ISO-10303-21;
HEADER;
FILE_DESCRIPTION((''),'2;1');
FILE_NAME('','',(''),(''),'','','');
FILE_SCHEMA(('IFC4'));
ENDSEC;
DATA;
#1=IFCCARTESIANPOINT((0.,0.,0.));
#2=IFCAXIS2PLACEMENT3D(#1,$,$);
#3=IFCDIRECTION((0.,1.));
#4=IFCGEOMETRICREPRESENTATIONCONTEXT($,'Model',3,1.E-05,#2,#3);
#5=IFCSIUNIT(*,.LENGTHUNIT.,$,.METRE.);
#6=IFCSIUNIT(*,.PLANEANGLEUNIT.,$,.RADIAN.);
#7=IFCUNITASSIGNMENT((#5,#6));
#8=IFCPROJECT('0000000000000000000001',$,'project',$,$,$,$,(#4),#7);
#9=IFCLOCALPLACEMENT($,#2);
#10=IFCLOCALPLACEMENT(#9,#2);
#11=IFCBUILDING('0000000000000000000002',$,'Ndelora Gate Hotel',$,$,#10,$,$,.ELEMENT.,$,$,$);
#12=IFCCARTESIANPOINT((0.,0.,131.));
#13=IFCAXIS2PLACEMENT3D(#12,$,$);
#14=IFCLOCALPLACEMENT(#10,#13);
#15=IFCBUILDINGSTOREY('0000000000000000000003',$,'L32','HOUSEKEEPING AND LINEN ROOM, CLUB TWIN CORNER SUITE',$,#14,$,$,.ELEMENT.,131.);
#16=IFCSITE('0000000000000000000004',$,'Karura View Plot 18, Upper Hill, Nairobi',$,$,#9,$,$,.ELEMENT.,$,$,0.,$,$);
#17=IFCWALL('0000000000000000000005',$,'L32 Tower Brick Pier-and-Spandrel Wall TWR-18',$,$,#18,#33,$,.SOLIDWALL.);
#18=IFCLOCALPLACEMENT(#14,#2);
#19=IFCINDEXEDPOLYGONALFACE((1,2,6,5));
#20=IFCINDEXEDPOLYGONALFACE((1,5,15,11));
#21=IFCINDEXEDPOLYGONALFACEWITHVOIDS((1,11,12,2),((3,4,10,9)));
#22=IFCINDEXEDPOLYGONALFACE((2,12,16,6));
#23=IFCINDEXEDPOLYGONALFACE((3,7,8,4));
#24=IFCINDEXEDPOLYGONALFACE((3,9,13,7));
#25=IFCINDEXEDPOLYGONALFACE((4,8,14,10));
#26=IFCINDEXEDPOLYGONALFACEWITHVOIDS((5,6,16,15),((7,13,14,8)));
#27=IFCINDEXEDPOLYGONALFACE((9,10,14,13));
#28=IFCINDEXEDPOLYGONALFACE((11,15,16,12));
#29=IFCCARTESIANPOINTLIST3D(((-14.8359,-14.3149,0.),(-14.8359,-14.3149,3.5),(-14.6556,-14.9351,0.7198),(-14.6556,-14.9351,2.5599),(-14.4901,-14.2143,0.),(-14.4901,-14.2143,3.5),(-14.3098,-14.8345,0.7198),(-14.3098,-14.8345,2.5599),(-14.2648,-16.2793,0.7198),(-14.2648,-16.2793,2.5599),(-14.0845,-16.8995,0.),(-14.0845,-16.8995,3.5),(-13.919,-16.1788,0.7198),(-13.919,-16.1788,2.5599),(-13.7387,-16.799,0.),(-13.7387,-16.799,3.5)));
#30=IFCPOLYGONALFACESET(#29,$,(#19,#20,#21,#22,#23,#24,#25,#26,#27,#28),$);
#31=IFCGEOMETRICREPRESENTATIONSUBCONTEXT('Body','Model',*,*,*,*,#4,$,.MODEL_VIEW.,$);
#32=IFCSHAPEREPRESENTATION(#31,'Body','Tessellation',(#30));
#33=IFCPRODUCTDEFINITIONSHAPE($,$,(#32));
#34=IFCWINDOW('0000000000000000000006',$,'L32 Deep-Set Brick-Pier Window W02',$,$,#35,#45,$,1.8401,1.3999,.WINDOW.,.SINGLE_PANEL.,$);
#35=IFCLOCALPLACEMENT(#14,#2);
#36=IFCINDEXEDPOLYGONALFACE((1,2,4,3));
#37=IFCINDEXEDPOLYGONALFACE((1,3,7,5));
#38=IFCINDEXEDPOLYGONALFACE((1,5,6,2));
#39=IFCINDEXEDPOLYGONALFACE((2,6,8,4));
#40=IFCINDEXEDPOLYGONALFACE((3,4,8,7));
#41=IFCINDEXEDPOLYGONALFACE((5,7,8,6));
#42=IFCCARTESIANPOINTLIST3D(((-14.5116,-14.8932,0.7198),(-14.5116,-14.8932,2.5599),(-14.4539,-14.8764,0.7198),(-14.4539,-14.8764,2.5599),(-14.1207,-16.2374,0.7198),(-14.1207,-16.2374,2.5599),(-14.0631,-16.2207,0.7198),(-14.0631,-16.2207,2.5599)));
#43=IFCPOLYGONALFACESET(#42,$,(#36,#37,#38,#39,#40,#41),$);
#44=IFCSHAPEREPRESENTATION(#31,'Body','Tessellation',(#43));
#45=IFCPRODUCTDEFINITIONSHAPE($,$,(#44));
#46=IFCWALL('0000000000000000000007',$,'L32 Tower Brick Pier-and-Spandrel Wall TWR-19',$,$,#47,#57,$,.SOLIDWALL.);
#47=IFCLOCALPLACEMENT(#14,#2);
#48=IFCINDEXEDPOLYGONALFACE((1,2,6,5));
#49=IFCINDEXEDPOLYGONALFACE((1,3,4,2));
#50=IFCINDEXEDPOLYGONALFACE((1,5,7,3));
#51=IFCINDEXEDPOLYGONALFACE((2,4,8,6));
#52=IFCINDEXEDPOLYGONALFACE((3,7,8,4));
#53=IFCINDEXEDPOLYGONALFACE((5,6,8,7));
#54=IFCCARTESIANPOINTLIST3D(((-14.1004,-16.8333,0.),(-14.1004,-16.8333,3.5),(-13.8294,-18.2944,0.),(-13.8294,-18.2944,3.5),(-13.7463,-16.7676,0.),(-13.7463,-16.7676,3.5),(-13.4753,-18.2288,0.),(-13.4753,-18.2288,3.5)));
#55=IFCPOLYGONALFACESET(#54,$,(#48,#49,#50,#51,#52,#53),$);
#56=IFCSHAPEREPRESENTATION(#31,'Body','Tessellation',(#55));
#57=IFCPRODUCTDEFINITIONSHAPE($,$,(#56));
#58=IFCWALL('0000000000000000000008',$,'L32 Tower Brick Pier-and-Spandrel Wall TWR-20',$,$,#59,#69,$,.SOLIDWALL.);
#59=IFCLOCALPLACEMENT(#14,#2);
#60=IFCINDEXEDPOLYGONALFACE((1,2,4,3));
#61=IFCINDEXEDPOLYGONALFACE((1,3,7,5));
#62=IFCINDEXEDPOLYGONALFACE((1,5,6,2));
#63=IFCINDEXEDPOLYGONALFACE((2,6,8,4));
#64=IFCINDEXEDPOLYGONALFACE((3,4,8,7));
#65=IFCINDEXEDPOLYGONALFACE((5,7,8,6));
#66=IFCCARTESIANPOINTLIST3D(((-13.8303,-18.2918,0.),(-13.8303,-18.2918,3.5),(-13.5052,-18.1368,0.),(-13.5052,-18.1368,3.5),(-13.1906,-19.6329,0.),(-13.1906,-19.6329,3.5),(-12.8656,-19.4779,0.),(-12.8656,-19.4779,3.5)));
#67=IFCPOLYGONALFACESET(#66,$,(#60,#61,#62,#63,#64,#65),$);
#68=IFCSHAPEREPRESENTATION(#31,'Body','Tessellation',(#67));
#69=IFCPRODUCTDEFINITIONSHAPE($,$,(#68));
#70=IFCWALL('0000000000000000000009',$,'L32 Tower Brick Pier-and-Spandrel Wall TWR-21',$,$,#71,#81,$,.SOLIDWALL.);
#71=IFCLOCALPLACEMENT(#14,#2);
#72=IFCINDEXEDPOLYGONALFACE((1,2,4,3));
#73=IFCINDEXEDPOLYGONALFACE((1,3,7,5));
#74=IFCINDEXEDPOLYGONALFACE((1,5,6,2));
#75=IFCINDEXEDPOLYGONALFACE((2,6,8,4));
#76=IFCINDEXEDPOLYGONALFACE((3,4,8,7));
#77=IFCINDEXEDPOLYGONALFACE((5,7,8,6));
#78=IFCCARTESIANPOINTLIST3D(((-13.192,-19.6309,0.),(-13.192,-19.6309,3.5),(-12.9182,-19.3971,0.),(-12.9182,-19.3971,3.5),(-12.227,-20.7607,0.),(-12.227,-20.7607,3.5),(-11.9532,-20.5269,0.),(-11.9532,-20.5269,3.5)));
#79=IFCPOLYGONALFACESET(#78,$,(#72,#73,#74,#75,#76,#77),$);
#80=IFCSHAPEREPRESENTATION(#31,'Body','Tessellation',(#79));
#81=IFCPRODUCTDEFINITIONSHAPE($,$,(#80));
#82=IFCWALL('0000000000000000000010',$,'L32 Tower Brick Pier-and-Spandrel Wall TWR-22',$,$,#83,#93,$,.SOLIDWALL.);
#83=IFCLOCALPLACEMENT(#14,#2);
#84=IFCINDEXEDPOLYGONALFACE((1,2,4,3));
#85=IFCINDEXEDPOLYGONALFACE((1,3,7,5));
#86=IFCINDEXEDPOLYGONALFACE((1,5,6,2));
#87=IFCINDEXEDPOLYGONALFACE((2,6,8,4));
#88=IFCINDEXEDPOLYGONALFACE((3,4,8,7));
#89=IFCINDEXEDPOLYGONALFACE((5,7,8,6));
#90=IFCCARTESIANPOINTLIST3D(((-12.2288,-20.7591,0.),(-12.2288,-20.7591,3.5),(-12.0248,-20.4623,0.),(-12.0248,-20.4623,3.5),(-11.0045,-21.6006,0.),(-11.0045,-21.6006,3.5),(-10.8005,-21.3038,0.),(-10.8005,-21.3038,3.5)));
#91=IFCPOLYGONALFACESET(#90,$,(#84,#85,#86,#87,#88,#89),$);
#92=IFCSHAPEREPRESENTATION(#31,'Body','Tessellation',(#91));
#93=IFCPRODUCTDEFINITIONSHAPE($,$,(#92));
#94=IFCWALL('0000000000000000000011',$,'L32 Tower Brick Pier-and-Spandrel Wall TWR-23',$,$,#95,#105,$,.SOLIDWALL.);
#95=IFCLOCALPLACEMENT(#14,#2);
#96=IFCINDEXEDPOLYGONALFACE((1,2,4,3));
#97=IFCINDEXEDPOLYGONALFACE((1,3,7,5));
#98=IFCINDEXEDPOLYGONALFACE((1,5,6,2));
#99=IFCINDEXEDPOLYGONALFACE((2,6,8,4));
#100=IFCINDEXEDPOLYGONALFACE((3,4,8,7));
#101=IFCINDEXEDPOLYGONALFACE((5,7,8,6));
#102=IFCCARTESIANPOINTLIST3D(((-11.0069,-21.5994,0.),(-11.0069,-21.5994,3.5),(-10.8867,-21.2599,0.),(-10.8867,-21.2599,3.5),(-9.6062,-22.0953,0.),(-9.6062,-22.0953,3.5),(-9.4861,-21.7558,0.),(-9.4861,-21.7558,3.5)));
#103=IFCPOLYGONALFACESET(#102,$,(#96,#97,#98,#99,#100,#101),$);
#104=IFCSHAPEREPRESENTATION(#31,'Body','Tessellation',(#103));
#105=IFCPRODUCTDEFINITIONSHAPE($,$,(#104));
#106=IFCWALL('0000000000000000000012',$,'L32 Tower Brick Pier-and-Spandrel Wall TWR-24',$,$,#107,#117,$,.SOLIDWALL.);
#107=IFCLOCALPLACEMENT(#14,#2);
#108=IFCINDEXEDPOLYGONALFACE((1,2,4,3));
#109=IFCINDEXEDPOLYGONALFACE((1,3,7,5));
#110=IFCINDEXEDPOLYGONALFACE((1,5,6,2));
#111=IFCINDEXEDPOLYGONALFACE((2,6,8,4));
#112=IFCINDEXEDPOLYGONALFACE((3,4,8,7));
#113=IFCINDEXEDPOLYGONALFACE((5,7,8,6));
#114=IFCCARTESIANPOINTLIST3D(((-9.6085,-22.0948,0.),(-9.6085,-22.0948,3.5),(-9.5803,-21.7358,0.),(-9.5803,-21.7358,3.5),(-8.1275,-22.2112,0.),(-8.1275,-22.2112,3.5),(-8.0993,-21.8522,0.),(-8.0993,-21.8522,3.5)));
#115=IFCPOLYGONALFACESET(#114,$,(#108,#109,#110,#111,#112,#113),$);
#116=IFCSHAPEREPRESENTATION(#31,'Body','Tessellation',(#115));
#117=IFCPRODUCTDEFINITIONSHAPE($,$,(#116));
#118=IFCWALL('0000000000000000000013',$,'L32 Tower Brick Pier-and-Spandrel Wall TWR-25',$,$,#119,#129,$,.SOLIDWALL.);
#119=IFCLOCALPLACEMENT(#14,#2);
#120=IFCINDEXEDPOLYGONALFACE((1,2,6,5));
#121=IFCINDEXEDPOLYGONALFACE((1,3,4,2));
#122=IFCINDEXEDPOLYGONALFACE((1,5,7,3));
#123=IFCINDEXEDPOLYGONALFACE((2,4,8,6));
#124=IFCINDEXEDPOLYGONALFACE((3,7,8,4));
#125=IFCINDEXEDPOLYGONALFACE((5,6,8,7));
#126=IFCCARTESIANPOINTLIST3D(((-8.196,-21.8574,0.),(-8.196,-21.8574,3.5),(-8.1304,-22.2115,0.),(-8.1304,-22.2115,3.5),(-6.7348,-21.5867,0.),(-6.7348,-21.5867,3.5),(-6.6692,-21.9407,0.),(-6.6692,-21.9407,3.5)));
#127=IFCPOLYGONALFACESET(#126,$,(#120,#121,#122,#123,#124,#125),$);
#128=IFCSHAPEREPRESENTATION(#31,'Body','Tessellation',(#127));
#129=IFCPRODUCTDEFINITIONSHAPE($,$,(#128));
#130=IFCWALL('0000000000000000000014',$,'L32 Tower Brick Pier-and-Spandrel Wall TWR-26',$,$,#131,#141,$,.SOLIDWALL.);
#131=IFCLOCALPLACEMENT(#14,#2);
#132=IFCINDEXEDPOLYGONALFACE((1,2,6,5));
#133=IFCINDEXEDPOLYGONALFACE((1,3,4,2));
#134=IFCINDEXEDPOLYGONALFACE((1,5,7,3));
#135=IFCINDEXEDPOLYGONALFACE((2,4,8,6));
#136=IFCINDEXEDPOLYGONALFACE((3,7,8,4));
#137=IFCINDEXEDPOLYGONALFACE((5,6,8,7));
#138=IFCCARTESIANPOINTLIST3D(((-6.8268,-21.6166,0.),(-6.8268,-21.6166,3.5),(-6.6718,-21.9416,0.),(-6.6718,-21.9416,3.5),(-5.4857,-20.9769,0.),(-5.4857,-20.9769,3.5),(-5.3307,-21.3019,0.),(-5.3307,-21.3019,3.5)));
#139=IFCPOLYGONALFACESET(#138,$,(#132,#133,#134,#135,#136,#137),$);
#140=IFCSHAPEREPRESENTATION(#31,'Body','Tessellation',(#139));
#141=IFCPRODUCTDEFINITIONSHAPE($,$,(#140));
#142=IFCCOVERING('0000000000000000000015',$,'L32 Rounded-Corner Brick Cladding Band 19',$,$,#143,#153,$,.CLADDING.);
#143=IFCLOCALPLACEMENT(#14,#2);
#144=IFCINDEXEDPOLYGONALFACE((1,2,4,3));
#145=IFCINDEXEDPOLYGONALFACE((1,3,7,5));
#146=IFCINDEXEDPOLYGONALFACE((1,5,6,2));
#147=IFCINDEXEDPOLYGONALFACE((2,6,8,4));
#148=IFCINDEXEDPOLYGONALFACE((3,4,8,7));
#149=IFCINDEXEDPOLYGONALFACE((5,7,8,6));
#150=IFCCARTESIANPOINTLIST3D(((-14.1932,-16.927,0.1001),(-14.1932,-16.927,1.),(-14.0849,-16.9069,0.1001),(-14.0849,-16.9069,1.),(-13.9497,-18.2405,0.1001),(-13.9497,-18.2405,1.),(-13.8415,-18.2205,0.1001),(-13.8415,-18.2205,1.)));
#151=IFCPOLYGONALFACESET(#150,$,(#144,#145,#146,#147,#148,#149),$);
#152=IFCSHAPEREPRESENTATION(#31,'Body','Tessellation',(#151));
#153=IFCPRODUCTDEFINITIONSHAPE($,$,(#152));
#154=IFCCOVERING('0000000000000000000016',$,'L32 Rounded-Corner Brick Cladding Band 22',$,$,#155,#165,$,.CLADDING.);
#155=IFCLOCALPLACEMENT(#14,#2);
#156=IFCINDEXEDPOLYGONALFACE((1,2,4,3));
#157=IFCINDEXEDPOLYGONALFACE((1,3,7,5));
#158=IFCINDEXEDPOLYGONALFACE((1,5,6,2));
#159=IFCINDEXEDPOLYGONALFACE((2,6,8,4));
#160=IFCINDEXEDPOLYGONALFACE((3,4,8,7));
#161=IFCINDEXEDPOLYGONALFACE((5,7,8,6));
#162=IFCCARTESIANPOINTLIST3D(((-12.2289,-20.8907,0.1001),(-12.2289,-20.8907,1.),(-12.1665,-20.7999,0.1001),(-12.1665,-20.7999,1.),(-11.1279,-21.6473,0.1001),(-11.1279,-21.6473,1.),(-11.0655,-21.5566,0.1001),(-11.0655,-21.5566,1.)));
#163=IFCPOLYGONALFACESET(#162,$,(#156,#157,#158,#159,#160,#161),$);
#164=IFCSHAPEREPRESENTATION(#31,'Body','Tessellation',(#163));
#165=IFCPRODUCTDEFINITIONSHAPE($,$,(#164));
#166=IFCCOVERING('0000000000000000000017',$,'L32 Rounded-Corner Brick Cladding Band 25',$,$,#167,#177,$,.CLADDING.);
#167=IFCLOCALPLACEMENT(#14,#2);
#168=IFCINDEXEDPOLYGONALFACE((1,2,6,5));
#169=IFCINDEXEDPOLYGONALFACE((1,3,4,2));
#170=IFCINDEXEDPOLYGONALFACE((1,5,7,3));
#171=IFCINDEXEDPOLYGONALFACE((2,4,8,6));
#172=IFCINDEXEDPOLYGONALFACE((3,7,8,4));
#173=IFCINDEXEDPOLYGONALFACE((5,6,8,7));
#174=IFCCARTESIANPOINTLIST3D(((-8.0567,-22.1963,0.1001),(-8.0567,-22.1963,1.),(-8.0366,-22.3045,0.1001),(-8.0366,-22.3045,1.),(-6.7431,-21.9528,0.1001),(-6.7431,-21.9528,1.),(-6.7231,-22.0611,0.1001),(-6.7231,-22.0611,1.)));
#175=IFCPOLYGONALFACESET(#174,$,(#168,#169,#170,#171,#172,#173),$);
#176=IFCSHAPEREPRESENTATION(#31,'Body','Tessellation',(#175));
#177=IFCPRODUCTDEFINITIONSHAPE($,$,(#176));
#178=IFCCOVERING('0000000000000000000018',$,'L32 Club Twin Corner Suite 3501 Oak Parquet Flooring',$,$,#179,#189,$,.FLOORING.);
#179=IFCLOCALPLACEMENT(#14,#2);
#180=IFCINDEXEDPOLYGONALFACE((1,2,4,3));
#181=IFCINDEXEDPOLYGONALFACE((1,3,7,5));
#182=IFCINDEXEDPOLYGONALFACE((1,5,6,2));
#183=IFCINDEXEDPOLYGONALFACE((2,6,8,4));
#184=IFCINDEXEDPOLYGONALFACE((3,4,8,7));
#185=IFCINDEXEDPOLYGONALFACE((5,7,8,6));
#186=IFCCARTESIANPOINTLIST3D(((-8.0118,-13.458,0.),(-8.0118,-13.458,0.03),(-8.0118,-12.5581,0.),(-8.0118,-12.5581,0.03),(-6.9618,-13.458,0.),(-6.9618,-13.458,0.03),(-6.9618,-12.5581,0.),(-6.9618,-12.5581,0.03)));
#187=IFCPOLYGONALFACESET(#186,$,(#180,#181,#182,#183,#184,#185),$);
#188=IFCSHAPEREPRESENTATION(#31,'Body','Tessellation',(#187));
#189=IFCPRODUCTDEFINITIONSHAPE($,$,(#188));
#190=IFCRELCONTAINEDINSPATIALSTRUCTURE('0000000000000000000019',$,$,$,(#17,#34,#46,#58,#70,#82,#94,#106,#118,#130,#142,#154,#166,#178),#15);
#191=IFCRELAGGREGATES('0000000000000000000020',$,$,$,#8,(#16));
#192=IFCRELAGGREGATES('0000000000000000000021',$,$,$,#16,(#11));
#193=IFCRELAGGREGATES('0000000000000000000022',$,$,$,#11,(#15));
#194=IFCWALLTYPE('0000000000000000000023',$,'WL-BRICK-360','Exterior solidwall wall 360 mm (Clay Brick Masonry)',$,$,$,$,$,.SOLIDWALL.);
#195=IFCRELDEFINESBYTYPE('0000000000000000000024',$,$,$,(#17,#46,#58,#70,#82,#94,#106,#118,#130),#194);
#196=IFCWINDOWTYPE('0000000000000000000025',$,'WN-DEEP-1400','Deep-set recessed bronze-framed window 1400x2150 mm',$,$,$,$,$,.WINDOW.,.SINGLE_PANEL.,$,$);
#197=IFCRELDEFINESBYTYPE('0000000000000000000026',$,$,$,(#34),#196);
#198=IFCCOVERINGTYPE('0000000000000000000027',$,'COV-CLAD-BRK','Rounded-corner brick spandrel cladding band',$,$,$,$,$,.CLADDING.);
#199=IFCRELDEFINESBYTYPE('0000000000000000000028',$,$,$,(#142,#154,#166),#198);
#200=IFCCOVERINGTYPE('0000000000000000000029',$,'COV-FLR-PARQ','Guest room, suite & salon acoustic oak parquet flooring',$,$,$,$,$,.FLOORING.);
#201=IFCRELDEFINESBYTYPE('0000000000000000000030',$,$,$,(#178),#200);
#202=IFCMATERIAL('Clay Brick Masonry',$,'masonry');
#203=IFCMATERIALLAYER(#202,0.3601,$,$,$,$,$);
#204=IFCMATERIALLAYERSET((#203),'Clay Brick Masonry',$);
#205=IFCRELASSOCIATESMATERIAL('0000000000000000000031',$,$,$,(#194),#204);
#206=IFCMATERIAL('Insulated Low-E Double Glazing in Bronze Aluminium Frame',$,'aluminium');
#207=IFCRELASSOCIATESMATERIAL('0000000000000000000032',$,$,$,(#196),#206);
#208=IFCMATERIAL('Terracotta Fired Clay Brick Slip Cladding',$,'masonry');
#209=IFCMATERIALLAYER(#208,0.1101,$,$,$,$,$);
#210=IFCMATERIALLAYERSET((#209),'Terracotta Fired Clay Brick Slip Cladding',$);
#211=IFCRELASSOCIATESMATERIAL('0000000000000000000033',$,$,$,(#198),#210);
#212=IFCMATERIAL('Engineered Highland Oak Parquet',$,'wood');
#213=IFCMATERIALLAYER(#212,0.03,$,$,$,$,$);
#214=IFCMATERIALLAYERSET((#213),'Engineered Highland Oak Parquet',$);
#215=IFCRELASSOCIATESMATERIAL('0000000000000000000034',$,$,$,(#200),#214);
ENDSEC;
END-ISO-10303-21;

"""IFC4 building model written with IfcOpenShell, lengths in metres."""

from ifc_helpers import new_model, si_unit, direction, frame, frame_2d, origin, origin_2d, place, context, subcontext, project, spatial, rectangle, extrude, material, layer, layer_set, type_object, element, fill, save


model = new_model("IFC4")

# Units and contexts
model_context = context("Model", 3, precision=1e-05, world=origin(), true_north=direction((0.0, 1.0)))
body_context = subcontext(model_context, "Body", "Model", "MODEL_VIEW")
ifc_project = project(units=[si_unit("LENGTHUNIT", "METRE"), si_unit("PLANEANGLEUNIT", "RADIAN")], contexts=[model_context])

# Site, building, storey
site_placement = place(None, origin())
site = spatial("IfcSite", under=ifc_project, at=site_placement, Name="Karura View Plot 18, Upper Hill, Nairobi", CompositionType="ELEMENT", RefElevation=0.0)
building_placement = place(site_placement, origin())
building = spatial("IfcBuilding", under=site, at=building_placement, Name="Ndelora Gate Hotel", CompositionType="ELEMENT")
storey_placement = place(building_placement, frame((0.0, 0.0, 131.0)))
storey = spatial("IfcBuildingStorey", under=building, at=storey_placement, Name="L32", Description="HOUSEKEEPING AND LINEN ROOM, CLUB TWIN CORNER SUITE", CompositionType="ELEMENT", Elevation=131.0)

# Wall, opening, window
ifc_material_1 = material(Name="Clay Brick Masonry", Category="masonry")
ifc_layer_1 = layer(ifc_material_1, 0.3601)
ifc_layer_set_1 = layer_set([ifc_layer_1], Name="Clay Brick Masonry")
wall_type = type_object("IfcWallType", Name="WL-BRICK-360", Description="Exterior solidwall wall 360 mm (Clay Brick Masonry)", PredefinedType="SOLIDWALL", material=ifc_layer_set_1)
ifc_material_2 = material(Name="Insulated Low-E Double Glazing in Bronze Aluminium Frame", Category="aluminium")
window_type_1 = type_object("IfcWindowType", Name="WN-DEEP-1400", Description="Deep-set recessed bronze-framed window 1400x2150 mm", PartitioningType="SINGLE_PANEL", PredefinedType="WINDOW", material=ifc_material_2)
wall_1_placement = place(storey_placement, frame((-13.9116, -16.8491, 0.0), z_axis=(0.0, 0.0, 1.0), x_axis=(-0.279174, 0.96024, 0.0)))
wall_1 = element("IfcWall", 1, at=wall_1_placement, inside=storey, type_object=wall_type, Name="L32 Tower Brick Pier-and-Spandrel Wall TWR-18", PredefinedType="SOLIDWALL", context=body_context, shape_type="SweptSolid", body=[
    extrude(rectangle(XDim=2.6917, YDim=0.3601, at=frame_2d((1.3457, 0.0))), origin(), (0.0, 0.0, 1.0), 3.5),
])
opening_1_placement = place(wall_1_placement, frame((0.6458, 0.0, 0.72)))
opening_1 = element("IfcOpeningElement", 2, at=opening_1_placement, cuts=wall_1, PredefinedType="OPENING", context=body_context, shape_type="SweptSolid", body=[
    extrude(rectangle(XDim=1.3999, YDim=1.8401, at=frame_2d((0.7, 0.9199))), frame((0.0, 0.1899, 0.0), z_axis=(0.0, -1.0, 0.0), x_axis=(1.0, 0.0, 0.0)), (0.0, 0.0, 1.0), 0.3801),
])
window_1_placement = place(opening_1_placement, origin())
window_1 = element("IfcWindow", 3, at=window_1_placement, inside=storey, type_object=window_type_1, Name="L32 Deep-Set Brick-Pier Window W02", OverallHeight=1.8401, OverallWidth=1.3999, PartitioningType="SINGLE_PANEL", PredefinedType="WINDOW", context=body_context, shape_type="SweptSolid", body=[
    extrude(rectangle(XDim=1.3999, YDim=1.8401, at=frame_2d((0.7, 0.9199))), frame((0.0, 0.03, 0.0), z_axis=(0.0, -1.0, 0.0), x_axis=(1.0, 0.0, 0.0)), (0.0, 0.0, 1.0), 0.0601),
])
fill(opening_1, window_1)

# Walls
wall_2_placement = place(storey_placement, frame((-13.6523, -18.2617, 0.0), z_axis=(0.0, 0.0, 1.0), x_axis=(-0.182354, 0.983233, 0.0)))
element("IfcWall", 4, at=wall_2_placement, inside=storey, type_object=wall_type, Name="L32 Tower Brick Pier-and-Spandrel Wall TWR-19", PredefinedType="SOLIDWALL", context=body_context, shape_type="SweptSolid", body=[
    extrude(rectangle(XDim=1.4861, YDim=0.3601, at=frame_2d((0.7432, 0.0))), origin(), (0.0, 0.0, 1.0), 3.5),
])
for number, where, z_axis, x_axis, name in (
    (5, (-13.0281, -19.5554, 0.0), (0.0, 0.0, 1.0), (-0.430508, 0.902587, 0.0), "L32 Tower Brick Pier-and-Spandrel Wall TWR-20"),
    (6, (-12.0901, -20.6438, 0.0), (0.0, 0.0, 1.0), (-0.649478, 0.76038, 0.0), "L32 Tower Brick Pier-and-Spandrel Wall TWR-21"),
):
    element("IfcWall", number, at=place(storey_placement, frame(where, z_axis=z_axis, x_axis=x_axis)), inside=storey, type_object=wall_type, Name=name, PredefinedType="SOLIDWALL", context=body_context, shape_type="SweptSolid", body=[
        extrude(rectangle(XDim=1.4858, YDim=0.3601, at=frame_2d((0.7429, 0.0))), origin(), (0.0, 0.0, 1.0), 3.5),
    ])
wall_3_placement = place(storey_placement, frame((-10.9026, -21.4521, 0.0), z_axis=(0.0, 0.0, 1.0), x_axis=(-0.824104, 0.566438, 0.0)))
element("IfcWall", 7, at=wall_3_placement, inside=storey, type_object=wall_type, Name="L32 Tower Brick Pier-and-Spandrel Wall TWR-22", PredefinedType="SOLIDWALL", context=body_context, shape_type="SweptSolid", body=[
    extrude(rectangle(XDim=1.4856, YDim=0.3601, at=frame_2d((0.7427, 0.0))), origin(), (0.0, 0.0, 1.0), 3.5),
])
wall_4_placement = place(storey_placement, frame((-9.5461, -21.9255, 0.0), z_axis=(0.0, 0.0, 1.0), x_axis=(-0.942671, 0.333722, 0.0)))
element("IfcWall", 8, at=wall_4_placement, inside=storey, type_object=wall_type, Name="L32 Tower Brick Pier-and-Spandrel Wall TWR-23", PredefinedType="SOLIDWALL", context=body_context, shape_type="SweptSolid", body=[
    extrude(rectangle(XDim=1.4858, YDim=0.3601, at=frame_2d((0.7429, 0.0))), origin(), (0.0, 0.0, 1.0), 3.5),
])
wall_5_placement = place(storey_placement, frame((-8.1135, -22.0317, 0.0), z_axis=(0.0, 0.0, 1.0), x_axis=(-0.996923, 0.078393, 0.0)))
element("IfcWall", 9, at=wall_5_placement, inside=storey, type_object=wall_type, Name="L32 Tower Brick Pier-and-Spandrel Wall TWR-24", PredefinedType="SOLIDWALL", context=body_context, shape_type="SweptSolid", body=[
    extrude(rectangle(XDim=1.4856, YDim=0.3601, at=frame_2d((0.7427, 0.0))), origin(), (0.0, 0.0, 1.0), 3.5),
])
wall_6_placement = place(storey_placement, frame((-6.7019, -21.7637, 0.0), z_axis=(0.0, 0.0, 1.0), x_axis=(-0.983262, -0.182195, 0.0)))
element("IfcWall", 10, at=wall_6_placement, inside=storey, type_object=wall_type, Name="L32 Tower Brick Pier-and-Spandrel Wall TWR-25", PredefinedType="SOLIDWALL", context=body_context, shape_type="SweptSolid", body=[
    extrude(rectangle(XDim=1.4861, YDim=0.3601, at=frame_2d((0.7432, 0.0))), origin(), (0.0, 0.0, 1.0), 3.5),
])
wall_7_placement = place(storey_placement, frame((-5.4082, -21.1394, 0.0), z_axis=(0.0, 0.0, 1.0), x_axis=(-0.902587, -0.430508, 0.0)))
element("IfcWall", 11, at=wall_7_placement, inside=storey, type_object=wall_type, Name="L32 Tower Brick Pier-and-Spandrel Wall TWR-26", PredefinedType="SOLIDWALL", context=body_context, shape_type="SweptSolid", body=[
    extrude(rectangle(XDim=1.4858, YDim=0.3601, at=frame_2d((0.7429, 0.0))), origin(), (0.0, 0.0, 1.0), 3.5),
])

# Coverings
ifc_material_3 = material(Name="Terracotta Fired Clay Brick Slip Cladding", Category="masonry")
ifc_layer_2 = layer(ifc_material_3, 0.1101)
ifc_layer_set_2 = layer_set([ifc_layer_2], Name="Terracotta Fired Clay Brick Slip Cladding")
covering_type_1 = type_object("IfcCoveringType", Name="COV-CLAD-BRK", Description="Rounded-corner brick spandrel cladding band", PredefinedType="CLADDING", material=ifc_layer_set_2)
for number, where, z_axis, x_axis, name in (
    (12, (-14.0173, -17.5737, 0.1001), (0.0, 0.0, 1.0), (-0.182236, 0.983255, 0.0), "L32 Rounded-Corner Brick Cladding Band 19"),
    (13, (-11.6472, -21.2236, 0.1001), (0.0, 0.0, 1.0), (-0.824126, 0.566406, 0.0), "L32 Rounded-Corner Brick Cladding Band 22"),
    (14, (-7.3899, -22.1287, 0.1001), (0.0, 0.0, 1.0), (0.983255, 0.182236, 0.0), "L32 Rounded-Corner Brick Cladding Band 25"),
):
    element("IfcCovering", number, at=place(storey_placement, frame(where, z_axis=z_axis, x_axis=x_axis)), inside=storey, type_object=covering_type_1, Name=name, PredefinedType="CLADDING", context=body_context, shape_type="SweptSolid", body=[
        extrude(rectangle(XDim=1.3359, YDim=0.1101, at=origin_2d()), origin(), (0.0, 0.0, 1.0), 0.8999),
    ])
ifc_material_4 = material(Name="Engineered Highland Oak Parquet", Category="wood")
ifc_layer_3 = layer(ifc_material_4, 0.03)
ifc_layer_set_3 = layer_set([ifc_layer_3], Name="Engineered Highland Oak Parquet")
covering_type_2 = type_object("IfcCoveringType", Name="COV-FLR-PARQ", Description="Guest room, suite & salon acoustic oak parquet flooring", PredefinedType="FLOORING", material=ifc_layer_set_3)
covering_placement = place(storey_placement, frame((-7.4868, -13.0081, 0.0), z_axis=(0.0, 0.0, 1.0), x_axis=(1.0, 0.0, 0.0)))
element("IfcCovering", 15, at=covering_placement, inside=storey, type_object=covering_type_2, Name="L32 Club Twin Corner Suite 3501 Oak Parquet Flooring", PredefinedType="FLOORING", context=body_context, shape_type="SweptSolid", body=[
    extrude(rectangle(XDim=1.05, YDim=0.8999, at=origin_2d()), origin(), (0.0, 0.0, 1.0), 0.03),
])

save(model, "model.ifc")
